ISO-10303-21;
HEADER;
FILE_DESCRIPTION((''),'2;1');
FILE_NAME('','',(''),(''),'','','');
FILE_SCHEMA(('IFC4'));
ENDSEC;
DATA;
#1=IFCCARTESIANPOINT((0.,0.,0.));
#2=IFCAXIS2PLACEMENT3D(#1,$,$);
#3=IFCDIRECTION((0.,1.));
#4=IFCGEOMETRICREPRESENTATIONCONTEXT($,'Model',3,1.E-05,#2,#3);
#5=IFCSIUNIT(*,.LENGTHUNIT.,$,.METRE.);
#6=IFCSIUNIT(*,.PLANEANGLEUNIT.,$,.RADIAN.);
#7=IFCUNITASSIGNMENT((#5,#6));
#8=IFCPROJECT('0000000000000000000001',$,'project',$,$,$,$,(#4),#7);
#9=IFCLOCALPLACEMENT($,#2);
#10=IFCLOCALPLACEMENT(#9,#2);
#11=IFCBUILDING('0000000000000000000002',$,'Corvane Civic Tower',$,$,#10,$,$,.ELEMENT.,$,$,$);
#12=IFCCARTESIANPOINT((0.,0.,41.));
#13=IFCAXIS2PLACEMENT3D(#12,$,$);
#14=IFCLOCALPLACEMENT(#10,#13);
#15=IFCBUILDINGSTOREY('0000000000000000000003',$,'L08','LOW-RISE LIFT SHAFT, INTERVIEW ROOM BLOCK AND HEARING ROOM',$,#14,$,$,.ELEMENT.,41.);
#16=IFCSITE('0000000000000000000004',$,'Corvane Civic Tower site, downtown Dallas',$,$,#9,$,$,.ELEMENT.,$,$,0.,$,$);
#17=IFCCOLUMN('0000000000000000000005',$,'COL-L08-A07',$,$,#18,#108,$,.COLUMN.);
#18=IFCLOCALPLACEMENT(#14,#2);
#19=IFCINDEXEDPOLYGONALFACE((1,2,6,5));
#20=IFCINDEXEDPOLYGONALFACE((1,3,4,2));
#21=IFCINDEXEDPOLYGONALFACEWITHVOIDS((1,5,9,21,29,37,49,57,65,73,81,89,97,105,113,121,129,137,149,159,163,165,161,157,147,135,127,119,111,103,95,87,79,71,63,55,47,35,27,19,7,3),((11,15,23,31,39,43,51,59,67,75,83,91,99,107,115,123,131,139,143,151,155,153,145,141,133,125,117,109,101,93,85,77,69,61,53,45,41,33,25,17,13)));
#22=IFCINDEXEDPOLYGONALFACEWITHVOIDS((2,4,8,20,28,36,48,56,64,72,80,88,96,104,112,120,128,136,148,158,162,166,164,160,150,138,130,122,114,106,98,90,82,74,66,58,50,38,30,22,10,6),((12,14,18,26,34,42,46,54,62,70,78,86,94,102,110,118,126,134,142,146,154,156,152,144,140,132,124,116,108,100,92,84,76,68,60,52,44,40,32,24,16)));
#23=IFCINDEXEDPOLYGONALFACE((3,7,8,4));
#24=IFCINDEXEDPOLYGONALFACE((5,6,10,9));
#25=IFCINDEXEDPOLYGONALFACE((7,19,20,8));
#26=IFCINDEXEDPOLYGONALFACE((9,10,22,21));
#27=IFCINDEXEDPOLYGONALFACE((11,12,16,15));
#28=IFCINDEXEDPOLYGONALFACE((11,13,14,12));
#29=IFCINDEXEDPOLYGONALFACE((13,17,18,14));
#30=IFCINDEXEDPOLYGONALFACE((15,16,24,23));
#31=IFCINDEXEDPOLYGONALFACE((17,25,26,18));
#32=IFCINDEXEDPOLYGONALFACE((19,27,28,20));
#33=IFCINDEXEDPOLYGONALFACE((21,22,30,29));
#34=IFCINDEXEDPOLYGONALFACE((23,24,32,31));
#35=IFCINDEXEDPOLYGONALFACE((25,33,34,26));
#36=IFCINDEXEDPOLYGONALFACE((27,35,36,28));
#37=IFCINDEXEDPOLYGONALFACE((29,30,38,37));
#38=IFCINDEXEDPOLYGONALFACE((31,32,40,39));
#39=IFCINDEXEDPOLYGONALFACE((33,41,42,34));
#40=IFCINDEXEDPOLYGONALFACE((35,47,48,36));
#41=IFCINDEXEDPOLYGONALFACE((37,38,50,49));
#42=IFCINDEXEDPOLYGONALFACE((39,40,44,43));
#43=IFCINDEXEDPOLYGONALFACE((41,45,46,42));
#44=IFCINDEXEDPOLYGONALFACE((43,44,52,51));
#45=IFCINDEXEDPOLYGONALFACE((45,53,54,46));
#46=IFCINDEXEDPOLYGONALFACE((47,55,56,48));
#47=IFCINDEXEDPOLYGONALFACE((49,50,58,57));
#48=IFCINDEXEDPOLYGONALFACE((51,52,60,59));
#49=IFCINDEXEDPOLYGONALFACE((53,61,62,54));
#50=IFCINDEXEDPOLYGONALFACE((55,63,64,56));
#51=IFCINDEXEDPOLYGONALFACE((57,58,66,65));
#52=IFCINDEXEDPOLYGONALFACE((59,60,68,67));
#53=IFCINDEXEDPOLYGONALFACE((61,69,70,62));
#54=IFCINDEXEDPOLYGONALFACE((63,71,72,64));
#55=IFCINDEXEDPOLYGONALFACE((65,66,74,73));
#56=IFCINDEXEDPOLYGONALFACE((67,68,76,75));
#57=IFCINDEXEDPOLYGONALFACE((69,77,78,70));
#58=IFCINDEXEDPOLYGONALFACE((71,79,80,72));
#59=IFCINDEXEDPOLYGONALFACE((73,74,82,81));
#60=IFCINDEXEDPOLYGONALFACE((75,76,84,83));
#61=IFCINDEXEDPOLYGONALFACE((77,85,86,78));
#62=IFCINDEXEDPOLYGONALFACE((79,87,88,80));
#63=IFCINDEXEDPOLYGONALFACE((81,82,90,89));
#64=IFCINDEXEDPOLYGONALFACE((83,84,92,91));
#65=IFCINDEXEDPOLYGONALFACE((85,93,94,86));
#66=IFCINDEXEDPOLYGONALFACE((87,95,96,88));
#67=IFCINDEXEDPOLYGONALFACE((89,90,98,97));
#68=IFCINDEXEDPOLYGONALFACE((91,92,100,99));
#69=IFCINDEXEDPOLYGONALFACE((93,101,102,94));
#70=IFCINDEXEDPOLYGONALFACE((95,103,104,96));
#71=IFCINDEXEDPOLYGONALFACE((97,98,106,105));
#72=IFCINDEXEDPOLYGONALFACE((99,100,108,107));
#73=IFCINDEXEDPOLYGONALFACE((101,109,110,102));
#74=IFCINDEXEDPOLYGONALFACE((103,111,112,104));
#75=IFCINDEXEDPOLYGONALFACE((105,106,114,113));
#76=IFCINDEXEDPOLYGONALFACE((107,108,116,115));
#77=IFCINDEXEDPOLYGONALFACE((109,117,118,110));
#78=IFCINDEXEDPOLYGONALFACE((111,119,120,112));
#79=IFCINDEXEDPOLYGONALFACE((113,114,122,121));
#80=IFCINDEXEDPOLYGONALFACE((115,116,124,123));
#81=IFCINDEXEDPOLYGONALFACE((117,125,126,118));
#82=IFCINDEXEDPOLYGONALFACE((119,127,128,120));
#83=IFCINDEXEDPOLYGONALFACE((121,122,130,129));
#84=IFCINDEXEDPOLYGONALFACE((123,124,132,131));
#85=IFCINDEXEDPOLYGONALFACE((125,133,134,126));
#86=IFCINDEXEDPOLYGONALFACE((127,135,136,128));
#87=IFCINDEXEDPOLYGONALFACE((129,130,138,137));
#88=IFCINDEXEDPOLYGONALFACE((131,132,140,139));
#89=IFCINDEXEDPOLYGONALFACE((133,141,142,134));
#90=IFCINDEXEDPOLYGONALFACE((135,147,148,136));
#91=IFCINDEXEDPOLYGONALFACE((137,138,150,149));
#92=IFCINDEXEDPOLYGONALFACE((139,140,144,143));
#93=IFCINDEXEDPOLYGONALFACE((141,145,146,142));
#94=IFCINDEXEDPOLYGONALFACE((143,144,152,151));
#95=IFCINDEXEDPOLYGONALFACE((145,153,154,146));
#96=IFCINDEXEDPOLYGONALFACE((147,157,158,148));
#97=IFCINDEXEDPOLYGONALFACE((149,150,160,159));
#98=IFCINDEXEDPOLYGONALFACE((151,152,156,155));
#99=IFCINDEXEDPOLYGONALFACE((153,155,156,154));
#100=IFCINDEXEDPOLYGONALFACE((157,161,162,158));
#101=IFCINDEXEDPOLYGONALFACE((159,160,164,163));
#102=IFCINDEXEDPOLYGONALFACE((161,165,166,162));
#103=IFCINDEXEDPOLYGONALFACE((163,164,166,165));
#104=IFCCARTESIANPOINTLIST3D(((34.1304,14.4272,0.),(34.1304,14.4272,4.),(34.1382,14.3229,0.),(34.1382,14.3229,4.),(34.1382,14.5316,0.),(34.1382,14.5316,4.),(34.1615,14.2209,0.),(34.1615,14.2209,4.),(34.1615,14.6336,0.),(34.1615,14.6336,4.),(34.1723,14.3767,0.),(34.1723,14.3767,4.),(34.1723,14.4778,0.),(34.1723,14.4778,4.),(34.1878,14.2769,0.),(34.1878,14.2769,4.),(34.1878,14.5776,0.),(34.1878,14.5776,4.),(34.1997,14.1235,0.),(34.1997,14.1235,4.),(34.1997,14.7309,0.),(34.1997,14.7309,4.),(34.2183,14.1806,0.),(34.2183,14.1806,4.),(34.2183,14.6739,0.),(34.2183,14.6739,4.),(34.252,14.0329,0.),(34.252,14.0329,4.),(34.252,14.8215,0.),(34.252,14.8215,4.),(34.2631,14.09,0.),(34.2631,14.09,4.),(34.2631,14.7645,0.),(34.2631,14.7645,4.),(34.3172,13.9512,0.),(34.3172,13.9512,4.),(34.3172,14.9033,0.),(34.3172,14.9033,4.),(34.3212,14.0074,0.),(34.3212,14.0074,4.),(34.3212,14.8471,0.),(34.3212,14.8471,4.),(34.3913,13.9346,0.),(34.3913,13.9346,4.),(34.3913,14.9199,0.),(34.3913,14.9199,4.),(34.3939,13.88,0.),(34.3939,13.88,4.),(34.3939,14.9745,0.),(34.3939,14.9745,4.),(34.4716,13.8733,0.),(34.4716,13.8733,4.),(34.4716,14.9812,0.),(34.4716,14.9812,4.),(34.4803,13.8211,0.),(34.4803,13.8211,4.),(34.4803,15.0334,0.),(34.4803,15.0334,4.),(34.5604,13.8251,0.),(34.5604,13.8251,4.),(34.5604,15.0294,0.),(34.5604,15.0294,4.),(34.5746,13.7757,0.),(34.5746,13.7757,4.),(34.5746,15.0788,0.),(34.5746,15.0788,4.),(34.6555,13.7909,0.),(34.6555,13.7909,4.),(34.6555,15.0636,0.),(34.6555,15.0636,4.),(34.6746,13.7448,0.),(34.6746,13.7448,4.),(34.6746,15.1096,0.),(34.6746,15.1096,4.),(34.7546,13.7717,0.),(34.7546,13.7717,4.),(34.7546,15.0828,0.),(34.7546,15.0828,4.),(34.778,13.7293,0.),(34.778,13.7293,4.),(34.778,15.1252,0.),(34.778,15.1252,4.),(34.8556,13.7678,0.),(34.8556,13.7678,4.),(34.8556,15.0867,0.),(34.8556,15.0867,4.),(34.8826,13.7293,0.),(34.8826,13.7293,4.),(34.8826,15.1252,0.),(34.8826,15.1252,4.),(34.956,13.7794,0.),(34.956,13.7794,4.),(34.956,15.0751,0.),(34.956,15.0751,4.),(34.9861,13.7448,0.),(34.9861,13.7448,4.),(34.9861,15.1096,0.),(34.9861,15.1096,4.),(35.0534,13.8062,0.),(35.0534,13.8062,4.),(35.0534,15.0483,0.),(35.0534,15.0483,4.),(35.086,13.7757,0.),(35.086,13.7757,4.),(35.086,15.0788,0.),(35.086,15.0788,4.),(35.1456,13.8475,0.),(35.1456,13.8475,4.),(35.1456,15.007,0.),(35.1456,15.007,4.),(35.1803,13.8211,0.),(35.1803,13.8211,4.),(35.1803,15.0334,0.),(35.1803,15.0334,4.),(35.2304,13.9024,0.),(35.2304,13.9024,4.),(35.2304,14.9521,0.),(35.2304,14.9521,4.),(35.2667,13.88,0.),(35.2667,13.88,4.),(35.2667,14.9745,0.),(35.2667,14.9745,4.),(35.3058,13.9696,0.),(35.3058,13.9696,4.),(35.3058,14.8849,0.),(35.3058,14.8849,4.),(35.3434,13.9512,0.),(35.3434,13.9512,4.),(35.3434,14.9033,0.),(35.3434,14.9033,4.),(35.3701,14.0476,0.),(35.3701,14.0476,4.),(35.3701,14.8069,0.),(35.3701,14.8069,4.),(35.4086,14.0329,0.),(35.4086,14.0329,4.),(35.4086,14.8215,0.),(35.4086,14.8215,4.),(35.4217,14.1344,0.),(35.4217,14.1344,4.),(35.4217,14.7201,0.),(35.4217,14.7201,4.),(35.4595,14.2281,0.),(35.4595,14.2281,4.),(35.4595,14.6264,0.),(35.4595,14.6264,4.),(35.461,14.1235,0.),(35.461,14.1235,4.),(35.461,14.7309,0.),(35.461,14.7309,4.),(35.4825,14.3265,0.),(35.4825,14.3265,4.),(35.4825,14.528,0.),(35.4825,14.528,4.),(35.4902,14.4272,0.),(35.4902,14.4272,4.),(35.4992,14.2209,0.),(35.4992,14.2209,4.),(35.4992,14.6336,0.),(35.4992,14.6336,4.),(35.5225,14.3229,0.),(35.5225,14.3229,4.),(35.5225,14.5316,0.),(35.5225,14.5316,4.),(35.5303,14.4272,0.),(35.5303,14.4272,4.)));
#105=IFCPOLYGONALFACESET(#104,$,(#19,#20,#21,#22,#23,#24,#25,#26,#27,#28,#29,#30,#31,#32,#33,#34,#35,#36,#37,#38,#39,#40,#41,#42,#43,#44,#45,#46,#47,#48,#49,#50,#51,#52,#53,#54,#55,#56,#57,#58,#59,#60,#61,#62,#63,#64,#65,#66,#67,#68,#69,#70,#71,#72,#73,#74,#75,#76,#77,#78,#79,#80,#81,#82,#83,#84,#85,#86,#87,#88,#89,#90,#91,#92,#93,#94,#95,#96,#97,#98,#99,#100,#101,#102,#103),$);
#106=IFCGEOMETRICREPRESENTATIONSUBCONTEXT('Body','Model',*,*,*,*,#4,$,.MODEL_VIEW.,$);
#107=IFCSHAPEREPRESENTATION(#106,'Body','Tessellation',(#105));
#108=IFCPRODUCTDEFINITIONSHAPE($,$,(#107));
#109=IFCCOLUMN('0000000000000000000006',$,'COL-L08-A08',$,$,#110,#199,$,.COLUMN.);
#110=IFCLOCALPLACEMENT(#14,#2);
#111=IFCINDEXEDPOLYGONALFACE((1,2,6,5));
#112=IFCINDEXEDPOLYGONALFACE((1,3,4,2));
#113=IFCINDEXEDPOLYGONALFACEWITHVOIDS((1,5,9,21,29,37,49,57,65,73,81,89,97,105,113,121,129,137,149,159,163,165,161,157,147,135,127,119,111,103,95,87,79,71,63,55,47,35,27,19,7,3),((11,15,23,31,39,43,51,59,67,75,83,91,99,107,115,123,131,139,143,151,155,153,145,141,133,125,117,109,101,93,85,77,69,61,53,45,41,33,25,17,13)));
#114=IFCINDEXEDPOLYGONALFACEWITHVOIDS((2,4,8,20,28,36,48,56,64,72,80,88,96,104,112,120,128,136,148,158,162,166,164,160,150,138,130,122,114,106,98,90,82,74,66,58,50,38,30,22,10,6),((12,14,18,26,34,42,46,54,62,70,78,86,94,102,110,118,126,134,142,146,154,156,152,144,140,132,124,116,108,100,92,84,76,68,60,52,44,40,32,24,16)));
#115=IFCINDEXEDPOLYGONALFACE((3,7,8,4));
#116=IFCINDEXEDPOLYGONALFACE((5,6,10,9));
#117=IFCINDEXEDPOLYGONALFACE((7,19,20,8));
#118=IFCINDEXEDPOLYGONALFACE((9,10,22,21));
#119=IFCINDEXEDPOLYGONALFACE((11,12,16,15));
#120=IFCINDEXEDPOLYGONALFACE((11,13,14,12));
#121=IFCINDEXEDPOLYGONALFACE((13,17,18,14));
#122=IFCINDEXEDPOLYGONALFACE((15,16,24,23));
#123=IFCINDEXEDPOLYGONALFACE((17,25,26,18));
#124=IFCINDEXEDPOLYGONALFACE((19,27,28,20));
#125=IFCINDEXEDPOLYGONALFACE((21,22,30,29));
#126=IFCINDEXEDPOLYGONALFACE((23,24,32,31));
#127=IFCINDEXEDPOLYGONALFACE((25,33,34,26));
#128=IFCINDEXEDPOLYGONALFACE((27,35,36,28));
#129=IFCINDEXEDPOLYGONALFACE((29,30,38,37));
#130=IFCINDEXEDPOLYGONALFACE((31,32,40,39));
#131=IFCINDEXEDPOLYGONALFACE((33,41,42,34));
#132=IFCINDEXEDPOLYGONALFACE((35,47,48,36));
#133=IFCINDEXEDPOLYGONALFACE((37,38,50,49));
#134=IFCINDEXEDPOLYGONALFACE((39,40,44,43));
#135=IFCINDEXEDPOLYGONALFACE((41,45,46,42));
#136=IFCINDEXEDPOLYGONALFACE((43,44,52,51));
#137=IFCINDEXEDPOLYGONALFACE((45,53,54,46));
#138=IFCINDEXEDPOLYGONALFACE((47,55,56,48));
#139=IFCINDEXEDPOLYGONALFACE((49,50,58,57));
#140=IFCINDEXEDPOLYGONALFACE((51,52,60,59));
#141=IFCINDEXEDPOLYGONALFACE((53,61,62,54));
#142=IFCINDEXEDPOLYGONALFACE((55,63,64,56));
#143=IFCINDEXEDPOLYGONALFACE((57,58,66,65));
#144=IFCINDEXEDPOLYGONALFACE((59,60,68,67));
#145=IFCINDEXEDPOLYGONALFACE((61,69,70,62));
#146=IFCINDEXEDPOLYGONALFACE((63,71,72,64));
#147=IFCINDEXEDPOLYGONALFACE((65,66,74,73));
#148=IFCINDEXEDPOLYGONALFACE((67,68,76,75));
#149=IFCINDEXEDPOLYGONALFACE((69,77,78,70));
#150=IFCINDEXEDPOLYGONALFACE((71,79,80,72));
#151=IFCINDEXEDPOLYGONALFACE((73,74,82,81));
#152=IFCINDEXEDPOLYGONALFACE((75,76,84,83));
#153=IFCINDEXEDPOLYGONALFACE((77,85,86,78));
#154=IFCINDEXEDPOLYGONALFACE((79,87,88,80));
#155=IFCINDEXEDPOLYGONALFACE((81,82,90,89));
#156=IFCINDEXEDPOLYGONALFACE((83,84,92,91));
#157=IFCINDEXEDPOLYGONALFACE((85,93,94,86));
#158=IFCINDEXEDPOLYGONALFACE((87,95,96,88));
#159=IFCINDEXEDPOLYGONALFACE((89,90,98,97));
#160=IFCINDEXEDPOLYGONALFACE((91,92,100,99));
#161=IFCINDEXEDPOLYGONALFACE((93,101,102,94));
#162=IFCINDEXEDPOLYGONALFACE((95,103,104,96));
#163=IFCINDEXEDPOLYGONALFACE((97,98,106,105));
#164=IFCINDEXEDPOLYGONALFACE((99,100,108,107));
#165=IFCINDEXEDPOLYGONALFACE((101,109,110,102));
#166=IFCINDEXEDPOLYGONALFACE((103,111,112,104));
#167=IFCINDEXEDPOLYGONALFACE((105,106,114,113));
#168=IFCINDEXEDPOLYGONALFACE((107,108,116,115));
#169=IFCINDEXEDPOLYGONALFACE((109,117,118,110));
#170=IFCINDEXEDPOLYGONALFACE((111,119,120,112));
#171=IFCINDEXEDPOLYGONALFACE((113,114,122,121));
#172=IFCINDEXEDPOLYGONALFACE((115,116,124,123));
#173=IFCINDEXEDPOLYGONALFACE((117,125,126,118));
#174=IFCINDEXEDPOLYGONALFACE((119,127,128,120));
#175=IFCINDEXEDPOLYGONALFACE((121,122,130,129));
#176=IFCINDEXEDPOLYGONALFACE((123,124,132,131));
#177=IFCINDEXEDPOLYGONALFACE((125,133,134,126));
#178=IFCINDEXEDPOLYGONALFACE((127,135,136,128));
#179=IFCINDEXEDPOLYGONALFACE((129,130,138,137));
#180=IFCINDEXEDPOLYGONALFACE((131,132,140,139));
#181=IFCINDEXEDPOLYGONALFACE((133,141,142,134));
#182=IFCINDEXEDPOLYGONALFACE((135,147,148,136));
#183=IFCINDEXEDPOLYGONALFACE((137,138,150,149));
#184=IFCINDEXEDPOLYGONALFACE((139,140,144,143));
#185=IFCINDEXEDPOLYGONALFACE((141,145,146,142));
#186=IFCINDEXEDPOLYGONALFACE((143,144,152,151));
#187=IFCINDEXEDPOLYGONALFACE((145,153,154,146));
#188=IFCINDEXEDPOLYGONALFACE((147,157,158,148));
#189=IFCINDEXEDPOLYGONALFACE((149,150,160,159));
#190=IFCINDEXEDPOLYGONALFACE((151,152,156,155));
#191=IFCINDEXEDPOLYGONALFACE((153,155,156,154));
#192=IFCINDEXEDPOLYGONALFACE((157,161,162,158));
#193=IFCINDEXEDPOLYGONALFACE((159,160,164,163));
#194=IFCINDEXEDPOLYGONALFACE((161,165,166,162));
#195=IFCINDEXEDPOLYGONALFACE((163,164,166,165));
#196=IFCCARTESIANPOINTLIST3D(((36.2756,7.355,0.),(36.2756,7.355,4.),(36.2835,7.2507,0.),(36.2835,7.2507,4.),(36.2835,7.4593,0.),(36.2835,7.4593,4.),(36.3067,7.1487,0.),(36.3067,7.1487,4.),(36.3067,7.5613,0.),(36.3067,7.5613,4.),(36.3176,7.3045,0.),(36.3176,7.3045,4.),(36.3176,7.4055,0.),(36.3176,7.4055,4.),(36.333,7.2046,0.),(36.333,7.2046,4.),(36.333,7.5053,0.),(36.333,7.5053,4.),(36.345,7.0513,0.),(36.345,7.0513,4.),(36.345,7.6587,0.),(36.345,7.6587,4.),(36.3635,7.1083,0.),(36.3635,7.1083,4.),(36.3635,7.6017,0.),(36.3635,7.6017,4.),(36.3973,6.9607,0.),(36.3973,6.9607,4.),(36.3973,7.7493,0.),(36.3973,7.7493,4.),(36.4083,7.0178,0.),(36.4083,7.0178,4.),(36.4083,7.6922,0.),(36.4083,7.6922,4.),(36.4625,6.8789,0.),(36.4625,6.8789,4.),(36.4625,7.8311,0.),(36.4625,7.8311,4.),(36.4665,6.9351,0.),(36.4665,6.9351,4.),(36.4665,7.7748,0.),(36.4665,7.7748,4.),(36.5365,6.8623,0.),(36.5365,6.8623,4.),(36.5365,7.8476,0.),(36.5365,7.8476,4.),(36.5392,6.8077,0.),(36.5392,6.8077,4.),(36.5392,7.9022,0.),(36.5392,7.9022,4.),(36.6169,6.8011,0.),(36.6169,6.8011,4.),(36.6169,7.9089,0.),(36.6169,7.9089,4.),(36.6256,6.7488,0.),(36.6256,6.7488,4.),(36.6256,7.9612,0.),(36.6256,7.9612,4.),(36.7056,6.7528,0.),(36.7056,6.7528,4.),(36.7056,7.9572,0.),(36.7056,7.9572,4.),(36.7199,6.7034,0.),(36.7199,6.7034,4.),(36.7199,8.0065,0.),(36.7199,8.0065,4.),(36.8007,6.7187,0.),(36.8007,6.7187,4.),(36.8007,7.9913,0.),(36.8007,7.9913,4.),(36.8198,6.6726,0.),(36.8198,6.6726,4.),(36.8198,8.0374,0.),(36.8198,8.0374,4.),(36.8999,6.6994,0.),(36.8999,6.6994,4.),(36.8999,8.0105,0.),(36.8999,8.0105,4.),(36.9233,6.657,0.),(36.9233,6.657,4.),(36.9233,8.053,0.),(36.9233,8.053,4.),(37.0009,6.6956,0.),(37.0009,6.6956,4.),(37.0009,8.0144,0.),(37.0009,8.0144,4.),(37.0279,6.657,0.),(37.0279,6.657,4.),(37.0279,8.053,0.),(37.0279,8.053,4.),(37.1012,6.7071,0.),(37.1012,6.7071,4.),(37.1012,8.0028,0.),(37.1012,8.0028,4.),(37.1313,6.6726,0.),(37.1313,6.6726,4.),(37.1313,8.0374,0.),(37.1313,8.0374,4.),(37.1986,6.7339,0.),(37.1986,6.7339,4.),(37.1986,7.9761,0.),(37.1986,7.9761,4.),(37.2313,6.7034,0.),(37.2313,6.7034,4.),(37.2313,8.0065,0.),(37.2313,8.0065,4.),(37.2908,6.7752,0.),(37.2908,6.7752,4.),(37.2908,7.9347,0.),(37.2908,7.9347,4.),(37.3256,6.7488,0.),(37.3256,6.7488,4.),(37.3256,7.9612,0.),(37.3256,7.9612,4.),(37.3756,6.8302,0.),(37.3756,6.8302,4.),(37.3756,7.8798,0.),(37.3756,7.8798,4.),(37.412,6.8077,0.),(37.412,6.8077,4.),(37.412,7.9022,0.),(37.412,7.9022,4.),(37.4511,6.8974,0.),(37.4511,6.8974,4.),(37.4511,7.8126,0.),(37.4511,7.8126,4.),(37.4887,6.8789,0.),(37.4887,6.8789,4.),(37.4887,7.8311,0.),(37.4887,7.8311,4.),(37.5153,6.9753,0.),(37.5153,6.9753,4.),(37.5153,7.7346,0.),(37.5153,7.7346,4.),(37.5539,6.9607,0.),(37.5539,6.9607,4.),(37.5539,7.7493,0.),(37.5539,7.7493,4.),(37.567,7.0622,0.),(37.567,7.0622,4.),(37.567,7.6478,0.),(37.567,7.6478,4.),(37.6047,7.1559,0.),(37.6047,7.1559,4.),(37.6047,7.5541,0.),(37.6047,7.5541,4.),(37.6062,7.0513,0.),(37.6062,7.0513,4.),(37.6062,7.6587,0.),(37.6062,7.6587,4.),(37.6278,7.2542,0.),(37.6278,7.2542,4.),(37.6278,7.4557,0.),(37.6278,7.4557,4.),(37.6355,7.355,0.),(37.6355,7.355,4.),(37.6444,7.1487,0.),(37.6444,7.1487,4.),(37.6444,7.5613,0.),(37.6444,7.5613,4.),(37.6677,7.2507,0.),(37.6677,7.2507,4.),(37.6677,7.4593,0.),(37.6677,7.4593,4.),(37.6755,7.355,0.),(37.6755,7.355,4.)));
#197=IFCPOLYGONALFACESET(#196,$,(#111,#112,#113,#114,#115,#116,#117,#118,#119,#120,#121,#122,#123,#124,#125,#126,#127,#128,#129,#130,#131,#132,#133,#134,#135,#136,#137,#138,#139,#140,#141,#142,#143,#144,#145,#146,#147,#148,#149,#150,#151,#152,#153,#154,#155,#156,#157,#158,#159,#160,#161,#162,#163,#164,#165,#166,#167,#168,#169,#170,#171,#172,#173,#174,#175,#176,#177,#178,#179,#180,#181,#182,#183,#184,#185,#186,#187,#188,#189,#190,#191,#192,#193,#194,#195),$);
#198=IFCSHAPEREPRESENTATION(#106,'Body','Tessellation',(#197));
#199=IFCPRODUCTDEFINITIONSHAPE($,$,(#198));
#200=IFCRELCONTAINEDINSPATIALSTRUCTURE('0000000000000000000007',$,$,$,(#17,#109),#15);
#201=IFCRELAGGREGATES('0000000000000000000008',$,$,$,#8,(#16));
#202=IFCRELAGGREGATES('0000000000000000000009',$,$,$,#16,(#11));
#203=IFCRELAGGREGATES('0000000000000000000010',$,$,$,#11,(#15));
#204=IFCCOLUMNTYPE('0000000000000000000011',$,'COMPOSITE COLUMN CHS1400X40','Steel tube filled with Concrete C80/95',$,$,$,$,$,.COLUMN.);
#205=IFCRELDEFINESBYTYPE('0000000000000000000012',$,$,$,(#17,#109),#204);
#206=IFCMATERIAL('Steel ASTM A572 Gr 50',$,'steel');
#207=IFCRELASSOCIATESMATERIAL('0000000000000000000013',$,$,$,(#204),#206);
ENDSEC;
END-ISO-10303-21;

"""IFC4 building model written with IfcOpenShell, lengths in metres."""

from ifc_helpers import new_model, si_unit, direction, frame, origin, origin_2d, place, context, subcontext, project, spatial, hollow_circle, extrude, material, material_profile, profile_set, type_object, element, save


model = new_model("IFC4")

# Units and contexts
model_context = context("Model", 3, precision=1e-05, world=origin(), true_north=direction((0.0, 1.0)))
body_context = subcontext(model_context, "Body", "Model", "MODEL_VIEW")
ifc_project = project(units=[si_unit("LENGTHUNIT", "METRE"), si_unit("PLANEANGLEUNIT", "RADIAN")], contexts=[model_context])

# Site, building, storey
site_placement = place(None, origin())
site = spatial("IfcSite", under=ifc_project, at=site_placement, Name="Corvane Civic Tower site, downtown Dallas", CompositionType="ELEMENT", RefElevation=0.0)
building_placement = place(site_placement, origin())
building = spatial("IfcBuilding", under=site, at=building_placement, Name="Corvane Civic Tower", CompositionType="ELEMENT")
storey_placement = place(building_placement, frame((0.0, 0.0, 41.0)))
storey = spatial("IfcBuildingStorey", under=building, at=storey_placement, Name="L08", Description="LOW-RISE LIFT SHAFT, INTERVIEW ROOM BLOCK AND HEARING ROOM", CompositionType="ELEMENT", Elevation=41.0)

# Columns
ifc_material_1 = material(Name="Steel ASTM A572 Gr 50", Category="steel")
ifc_material_profile_1 = material_profile(ifc_material_1, hollow_circle(Radius=0.7, WallThickness=0.04, at=origin_2d()), Name="CHS1400X40")
ifc_profile_set_1 = profile_set([ifc_material_profile_1], Name="Steel ASTM A572 Gr 50")
column_type = type_object("IfcColumnType", Name="COMPOSITE COLUMN CHS1400X40", Description="Steel tube filled with Concrete C80/95", PredefinedType="COLUMN", material=ifc_profile_set_1)
for number, where, z_axis, x_axis, name in (
    (1, (34.8303, 14.4272, 0.0), (0.0, 0.0, 1.0), (1.0, 0.0, 0.0), "COL-L08-A07"),
    (2, (36.9756, 7.355, 0.0), (0.0, 0.0, 1.0), (1.0, 0.0, 0.0), "COL-L08-A08"),
):
    element("IfcColumn", number, at=place(storey_placement, frame(where, z_axis=z_axis, x_axis=x_axis)), inside=storey, type_object=column_type, Name=name, PredefinedType="COLUMN", context=body_context, shape_type="SweptSolid", body=[
        extrude(hollow_circle(Radius=0.7, WallThickness=0.04, at=origin_2d()), origin(), (0.0, 0.0, 1.0), 4.0),
    ])

save(model, "model.ifc")
